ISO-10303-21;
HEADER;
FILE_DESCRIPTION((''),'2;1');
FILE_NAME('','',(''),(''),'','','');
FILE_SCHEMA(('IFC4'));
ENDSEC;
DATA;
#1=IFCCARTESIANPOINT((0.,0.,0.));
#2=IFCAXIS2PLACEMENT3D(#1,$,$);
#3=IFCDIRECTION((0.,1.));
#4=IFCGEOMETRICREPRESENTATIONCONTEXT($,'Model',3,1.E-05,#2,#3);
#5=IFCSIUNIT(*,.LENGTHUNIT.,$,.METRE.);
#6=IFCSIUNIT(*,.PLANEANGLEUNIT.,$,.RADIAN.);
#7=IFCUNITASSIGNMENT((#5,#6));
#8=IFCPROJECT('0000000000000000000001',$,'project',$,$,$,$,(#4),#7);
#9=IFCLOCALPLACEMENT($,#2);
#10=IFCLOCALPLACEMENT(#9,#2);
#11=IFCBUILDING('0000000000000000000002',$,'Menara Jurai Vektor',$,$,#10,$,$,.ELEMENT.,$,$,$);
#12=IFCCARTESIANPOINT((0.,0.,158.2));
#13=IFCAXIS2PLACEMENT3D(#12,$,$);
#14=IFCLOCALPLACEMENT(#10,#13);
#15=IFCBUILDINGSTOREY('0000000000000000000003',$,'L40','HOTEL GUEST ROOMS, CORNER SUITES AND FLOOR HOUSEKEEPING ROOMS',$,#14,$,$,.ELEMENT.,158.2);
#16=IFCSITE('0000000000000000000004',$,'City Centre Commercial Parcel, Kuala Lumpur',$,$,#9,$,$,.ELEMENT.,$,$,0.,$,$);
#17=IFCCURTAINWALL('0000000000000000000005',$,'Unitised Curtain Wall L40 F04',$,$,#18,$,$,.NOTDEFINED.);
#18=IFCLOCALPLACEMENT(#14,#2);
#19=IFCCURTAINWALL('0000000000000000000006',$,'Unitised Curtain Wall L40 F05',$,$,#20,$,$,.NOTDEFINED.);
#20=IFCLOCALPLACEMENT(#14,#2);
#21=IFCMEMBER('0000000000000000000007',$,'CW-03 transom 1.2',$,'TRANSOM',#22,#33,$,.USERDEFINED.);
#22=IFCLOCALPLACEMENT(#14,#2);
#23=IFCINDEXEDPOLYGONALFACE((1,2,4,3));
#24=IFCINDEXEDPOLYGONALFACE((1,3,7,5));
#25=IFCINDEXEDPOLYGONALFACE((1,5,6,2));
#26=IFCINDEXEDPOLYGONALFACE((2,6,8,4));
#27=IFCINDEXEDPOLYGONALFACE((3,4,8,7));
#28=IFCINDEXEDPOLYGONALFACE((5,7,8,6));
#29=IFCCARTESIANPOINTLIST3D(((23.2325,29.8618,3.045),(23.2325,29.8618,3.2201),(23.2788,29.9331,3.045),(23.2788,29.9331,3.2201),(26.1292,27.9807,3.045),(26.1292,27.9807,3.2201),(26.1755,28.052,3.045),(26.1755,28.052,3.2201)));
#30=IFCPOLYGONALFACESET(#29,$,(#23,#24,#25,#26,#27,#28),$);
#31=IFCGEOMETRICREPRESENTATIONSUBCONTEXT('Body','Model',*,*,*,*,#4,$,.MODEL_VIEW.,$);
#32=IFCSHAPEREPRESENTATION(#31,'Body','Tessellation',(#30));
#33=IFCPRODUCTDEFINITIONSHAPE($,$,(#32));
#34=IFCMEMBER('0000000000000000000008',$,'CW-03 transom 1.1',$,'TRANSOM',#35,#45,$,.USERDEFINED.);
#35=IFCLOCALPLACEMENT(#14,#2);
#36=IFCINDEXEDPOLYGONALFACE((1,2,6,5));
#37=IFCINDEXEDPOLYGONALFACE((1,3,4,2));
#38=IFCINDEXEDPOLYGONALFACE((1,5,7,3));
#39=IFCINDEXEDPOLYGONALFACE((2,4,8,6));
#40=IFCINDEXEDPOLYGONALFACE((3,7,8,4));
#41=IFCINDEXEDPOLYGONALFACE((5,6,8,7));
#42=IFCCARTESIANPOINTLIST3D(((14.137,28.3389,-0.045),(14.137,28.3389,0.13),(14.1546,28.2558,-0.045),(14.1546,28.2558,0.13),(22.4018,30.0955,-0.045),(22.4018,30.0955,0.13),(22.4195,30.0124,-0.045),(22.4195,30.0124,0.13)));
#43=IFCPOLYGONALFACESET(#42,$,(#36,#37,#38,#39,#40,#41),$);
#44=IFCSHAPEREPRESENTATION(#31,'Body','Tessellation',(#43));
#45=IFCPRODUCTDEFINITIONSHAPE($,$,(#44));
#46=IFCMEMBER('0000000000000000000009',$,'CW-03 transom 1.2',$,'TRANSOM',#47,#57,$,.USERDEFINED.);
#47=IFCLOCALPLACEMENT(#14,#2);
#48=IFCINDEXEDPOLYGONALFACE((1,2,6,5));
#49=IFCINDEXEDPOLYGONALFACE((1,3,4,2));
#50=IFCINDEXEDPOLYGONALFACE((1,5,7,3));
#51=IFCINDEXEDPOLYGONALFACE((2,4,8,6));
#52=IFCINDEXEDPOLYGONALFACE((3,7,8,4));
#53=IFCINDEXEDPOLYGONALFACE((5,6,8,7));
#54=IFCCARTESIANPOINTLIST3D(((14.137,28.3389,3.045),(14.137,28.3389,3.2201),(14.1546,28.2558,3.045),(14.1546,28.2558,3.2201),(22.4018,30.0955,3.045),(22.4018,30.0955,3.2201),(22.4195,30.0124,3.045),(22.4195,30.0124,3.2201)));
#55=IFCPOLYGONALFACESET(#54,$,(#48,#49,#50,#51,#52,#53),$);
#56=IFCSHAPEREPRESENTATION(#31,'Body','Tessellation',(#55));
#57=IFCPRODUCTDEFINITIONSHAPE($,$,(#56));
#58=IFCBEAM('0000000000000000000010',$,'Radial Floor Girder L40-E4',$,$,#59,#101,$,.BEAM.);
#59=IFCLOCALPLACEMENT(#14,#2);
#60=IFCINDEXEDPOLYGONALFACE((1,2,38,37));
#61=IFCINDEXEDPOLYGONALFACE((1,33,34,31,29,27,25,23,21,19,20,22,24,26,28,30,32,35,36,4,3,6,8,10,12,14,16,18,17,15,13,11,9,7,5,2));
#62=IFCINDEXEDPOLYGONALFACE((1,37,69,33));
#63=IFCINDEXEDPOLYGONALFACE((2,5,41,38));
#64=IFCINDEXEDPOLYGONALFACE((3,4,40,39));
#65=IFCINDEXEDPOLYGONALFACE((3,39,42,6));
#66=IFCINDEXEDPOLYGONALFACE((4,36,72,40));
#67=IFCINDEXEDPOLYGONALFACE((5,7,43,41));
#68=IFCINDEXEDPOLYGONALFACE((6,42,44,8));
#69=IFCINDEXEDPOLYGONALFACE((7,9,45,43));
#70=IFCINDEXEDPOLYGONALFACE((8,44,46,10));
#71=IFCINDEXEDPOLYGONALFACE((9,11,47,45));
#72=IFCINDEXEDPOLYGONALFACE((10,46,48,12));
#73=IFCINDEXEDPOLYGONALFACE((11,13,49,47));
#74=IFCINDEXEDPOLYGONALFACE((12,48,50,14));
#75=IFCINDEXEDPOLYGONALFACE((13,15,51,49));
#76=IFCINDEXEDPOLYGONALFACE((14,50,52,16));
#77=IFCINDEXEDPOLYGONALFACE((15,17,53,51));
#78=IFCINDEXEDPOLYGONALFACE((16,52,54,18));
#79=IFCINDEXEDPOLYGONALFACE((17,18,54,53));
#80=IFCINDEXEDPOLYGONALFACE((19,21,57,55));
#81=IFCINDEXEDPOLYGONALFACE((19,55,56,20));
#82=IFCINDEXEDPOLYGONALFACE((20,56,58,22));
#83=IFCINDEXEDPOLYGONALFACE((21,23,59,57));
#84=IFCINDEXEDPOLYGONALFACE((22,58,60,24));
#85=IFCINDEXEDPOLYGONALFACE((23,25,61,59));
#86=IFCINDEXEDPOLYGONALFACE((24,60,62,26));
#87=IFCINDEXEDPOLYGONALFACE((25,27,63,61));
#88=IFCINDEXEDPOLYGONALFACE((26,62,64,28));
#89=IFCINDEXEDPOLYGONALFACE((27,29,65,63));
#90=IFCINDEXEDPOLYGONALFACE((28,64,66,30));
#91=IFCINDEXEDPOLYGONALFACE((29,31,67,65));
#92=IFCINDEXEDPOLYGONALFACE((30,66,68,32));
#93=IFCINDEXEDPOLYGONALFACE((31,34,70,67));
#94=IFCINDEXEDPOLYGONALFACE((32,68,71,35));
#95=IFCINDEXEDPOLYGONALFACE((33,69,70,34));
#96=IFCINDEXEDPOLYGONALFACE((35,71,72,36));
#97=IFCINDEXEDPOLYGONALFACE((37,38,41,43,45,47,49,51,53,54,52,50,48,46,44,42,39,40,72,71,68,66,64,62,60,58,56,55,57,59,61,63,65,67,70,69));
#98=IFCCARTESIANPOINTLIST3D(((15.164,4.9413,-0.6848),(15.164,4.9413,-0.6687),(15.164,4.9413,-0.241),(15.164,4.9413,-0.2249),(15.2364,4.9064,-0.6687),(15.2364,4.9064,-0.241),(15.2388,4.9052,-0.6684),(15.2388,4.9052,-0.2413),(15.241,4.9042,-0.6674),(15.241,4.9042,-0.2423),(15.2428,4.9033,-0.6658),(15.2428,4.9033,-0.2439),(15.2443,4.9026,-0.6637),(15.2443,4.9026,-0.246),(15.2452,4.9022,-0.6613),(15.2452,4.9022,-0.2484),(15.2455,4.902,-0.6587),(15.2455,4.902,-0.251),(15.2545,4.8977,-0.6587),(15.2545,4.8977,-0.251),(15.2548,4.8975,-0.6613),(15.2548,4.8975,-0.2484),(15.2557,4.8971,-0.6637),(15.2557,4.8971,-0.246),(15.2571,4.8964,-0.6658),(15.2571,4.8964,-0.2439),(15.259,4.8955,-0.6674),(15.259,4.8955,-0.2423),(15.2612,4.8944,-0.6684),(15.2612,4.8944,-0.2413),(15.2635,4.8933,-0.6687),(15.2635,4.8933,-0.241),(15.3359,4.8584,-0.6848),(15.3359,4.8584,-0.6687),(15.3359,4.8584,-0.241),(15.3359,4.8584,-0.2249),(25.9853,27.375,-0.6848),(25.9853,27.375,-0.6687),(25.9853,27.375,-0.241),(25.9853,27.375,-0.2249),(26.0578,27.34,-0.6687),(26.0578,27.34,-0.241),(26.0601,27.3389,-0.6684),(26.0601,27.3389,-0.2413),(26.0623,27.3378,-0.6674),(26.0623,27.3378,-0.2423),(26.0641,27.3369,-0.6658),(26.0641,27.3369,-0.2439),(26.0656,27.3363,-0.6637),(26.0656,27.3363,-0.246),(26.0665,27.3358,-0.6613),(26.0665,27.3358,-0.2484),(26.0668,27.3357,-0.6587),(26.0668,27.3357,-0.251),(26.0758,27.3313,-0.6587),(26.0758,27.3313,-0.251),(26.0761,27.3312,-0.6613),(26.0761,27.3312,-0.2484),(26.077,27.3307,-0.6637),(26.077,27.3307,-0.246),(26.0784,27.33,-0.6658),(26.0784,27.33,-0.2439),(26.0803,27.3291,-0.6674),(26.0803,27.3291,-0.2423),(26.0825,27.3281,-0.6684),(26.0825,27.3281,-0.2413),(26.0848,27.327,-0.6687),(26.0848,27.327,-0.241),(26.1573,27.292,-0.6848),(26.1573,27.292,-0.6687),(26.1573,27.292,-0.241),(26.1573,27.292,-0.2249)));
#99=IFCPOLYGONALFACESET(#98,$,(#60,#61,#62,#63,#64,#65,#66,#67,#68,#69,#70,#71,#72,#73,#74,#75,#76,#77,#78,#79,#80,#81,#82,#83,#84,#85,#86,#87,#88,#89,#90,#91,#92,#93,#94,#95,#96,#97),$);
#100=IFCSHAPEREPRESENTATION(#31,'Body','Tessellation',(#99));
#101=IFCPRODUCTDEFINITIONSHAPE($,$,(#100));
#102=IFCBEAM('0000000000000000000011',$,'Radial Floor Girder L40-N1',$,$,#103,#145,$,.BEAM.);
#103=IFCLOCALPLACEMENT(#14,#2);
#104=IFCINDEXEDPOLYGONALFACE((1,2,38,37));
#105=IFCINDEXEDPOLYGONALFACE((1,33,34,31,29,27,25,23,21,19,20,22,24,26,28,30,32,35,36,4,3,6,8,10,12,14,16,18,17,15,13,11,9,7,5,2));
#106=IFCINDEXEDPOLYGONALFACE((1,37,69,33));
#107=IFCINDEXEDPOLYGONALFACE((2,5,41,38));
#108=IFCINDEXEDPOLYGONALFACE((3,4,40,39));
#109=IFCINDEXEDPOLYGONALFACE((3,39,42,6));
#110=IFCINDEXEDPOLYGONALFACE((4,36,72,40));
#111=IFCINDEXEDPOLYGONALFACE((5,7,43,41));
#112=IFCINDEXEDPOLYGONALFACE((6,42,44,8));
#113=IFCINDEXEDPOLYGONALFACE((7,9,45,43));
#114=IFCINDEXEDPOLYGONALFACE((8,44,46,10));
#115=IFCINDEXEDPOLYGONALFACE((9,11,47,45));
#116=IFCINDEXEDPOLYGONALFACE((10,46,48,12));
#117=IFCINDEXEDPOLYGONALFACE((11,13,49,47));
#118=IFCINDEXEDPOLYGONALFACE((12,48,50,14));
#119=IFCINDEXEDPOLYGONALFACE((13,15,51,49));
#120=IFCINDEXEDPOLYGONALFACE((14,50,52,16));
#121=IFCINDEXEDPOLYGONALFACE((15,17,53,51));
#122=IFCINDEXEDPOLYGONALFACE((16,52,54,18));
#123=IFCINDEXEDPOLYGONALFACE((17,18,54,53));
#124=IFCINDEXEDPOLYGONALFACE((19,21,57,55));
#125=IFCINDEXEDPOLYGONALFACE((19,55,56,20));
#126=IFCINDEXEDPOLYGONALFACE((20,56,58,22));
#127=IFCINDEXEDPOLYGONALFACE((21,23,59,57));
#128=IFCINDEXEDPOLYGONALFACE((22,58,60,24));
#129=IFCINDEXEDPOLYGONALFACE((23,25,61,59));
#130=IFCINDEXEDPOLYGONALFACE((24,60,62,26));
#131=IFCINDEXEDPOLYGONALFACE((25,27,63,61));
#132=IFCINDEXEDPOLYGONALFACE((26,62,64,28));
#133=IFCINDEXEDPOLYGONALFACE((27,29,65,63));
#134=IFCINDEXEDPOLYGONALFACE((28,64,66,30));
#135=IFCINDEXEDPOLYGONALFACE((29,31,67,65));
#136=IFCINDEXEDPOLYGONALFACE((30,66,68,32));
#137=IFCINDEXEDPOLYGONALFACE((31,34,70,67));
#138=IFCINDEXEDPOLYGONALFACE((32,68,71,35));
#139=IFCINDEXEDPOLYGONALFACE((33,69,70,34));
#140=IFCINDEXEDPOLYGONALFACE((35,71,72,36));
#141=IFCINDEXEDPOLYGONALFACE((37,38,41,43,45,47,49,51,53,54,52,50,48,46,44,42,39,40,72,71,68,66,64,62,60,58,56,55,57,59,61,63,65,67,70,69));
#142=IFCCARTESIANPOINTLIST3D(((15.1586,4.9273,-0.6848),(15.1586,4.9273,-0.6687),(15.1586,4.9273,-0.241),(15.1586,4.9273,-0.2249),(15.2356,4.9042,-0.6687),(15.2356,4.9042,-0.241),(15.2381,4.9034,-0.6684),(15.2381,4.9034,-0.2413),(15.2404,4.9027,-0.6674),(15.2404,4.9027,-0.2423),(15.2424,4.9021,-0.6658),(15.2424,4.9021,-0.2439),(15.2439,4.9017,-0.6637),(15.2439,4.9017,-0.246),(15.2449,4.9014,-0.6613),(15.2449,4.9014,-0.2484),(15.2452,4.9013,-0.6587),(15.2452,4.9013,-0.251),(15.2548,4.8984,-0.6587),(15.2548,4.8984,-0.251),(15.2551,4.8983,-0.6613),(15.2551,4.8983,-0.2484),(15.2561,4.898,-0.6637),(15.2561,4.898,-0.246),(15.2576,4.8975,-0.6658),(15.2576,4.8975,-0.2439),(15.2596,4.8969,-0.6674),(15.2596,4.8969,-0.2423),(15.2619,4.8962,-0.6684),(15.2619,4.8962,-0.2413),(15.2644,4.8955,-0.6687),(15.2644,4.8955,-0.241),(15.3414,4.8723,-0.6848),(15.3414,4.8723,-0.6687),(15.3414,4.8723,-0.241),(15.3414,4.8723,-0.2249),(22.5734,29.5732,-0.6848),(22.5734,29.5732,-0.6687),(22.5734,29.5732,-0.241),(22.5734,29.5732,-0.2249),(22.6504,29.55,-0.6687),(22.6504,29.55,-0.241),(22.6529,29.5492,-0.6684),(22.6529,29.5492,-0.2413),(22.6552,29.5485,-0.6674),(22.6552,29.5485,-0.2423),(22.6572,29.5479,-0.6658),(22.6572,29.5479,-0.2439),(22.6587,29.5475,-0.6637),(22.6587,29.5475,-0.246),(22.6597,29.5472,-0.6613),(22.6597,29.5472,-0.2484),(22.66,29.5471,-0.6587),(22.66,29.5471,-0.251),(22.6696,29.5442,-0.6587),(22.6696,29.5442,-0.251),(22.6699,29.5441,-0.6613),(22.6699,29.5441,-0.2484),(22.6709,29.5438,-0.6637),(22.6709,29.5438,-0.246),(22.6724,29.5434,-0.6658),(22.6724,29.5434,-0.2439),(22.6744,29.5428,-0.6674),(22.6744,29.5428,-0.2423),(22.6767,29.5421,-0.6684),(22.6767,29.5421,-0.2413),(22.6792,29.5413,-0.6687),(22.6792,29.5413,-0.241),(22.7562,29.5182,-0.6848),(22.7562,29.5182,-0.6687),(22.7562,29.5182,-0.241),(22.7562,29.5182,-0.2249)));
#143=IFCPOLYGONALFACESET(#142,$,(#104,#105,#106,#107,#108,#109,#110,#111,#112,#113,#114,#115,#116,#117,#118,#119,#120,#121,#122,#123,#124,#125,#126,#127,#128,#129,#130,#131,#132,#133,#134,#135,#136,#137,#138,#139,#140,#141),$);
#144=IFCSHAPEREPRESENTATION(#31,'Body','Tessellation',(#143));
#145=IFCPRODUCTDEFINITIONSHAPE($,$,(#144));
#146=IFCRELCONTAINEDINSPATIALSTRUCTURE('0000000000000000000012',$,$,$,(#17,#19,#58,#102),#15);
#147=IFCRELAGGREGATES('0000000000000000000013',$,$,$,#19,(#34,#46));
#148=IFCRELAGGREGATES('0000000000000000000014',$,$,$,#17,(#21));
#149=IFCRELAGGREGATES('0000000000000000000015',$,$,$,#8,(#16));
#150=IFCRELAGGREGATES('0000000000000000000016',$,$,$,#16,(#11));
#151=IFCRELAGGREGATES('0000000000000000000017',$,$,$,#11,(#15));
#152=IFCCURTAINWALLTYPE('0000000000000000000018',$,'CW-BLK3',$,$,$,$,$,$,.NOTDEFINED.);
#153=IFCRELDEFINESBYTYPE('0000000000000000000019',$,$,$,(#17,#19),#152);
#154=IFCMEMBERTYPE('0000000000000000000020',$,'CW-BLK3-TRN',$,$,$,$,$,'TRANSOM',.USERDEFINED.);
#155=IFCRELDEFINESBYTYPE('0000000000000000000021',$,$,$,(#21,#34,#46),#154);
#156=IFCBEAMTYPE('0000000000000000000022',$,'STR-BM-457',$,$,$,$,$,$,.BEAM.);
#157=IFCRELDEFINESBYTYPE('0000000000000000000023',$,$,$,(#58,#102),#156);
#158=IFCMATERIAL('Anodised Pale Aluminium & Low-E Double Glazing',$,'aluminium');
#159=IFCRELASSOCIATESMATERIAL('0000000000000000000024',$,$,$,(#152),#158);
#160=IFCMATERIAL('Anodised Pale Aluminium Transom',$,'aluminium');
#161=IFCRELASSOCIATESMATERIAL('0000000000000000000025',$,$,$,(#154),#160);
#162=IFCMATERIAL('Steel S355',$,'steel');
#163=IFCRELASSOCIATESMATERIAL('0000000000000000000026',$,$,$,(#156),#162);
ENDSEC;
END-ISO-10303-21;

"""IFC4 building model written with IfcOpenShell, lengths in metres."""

from ifc_helpers import new_model, si_unit, direction, frame, origin, origin_2d, place, context, subcontext, project, spatial, rectangle, i_section, extrude, material, material_profile, profile_set, type_object, element, aggregate, save


model = new_model("IFC4")

# Units and contexts
model_context = context("Model", 3, precision=1e-05, world=origin(), true_north=direction((0.0, 1.0)))
body_context = subcontext(model_context, "Body", "Model", "MODEL_VIEW")
ifc_project = project(units=[si_unit("LENGTHUNIT", "METRE"), si_unit("PLANEANGLEUNIT", "RADIAN")], contexts=[model_context])

# Site, building, storey
site_placement = place(None, origin())
site = spatial("IfcSite", under=ifc_project, at=site_placement, Name="City Centre Commercial Parcel, Kuala Lumpur", CompositionType="ELEMENT", RefElevation=0.0)
building_placement = place(site_placement, origin())
building = spatial("IfcBuilding", under=site, at=building_placement, Name="Menara Jurai Vektor", CompositionType="ELEMENT")
storey_placement = place(building_placement, frame((0.0, 0.0, 158.2)))
storey = spatial("IfcBuildingStorey", under=building, at=storey_placement, Name="L40", Description="HOTEL GUEST ROOMS, CORNER SUITES AND FLOOR HOUSEKEEPING ROOMS", CompositionType="ELEMENT", Elevation=158.2)

# Shared definitions
ifc_material_1 = material(Name="Anodised Pale Aluminium & Low-E Double Glazing", Category="aluminium")
curtain_wall_type = type_object("IfcCurtainWallType", Name="CW-BLK3", PredefinedType="NOTDEFINED", material=ifc_material_1)

# Curtain wall
curtain_wall_1_placement = place(storey_placement, origin())
curtain_wall_1 = element("IfcCurtainWall", 1, at=curtain_wall_1_placement, inside=storey, type_object=curtain_wall_type, Name="Unitised Curtain Wall L40 F04", PredefinedType="NOTDEFINED")

# Curtain wall
curtain_wall_2_placement = place(storey_placement, origin())
curtain_wall_2 = element("IfcCurtainWall", 2, at=curtain_wall_2_placement, inside=storey, type_object=curtain_wall_type, Name="Unitised Curtain Wall L40 F05", PredefinedType="NOTDEFINED")

# Members
ifc_material_2 = material(Name="Anodised Pale Aluminium Transom", Category="aluminium")
ifc_material_profile_1 = material_profile(ifc_material_2, rectangle(XDim=0.085, YDim=0.175, at=origin_2d()), Name="ALU TRN 85x175")
ifc_profile_set_1 = profile_set([ifc_material_profile_1], Name="Anodised Pale Aluminium Transom")
member_type_1 = type_object("IfcMemberType", Name="CW-BLK3-TRN", ElementType="TRANSOM", PredefinedType="USERDEFINED", material=ifc_profile_set_1)
member_1_placement = place(storey_placement, frame((26.1523, 28.0164, 3.1326), z_axis=(-0.838678, 0.544628, 0.0), x_axis=(-0.544628, -0.838678, 0.0)))
member_1 = element("IfcMember", 3, at=member_1_placement, type_object=member_type_1, Name="CW-03 transom 1.2", ObjectType="TRANSOM", PredefinedType="USERDEFINED", context=body_context, shape_type="SweptSolid", body=[
    extrude(rectangle(XDim=0.085, YDim=0.175, at=origin_2d()), origin(), (0.0, 0.0, 1.0), 3.4539),
])
member_2_placement = place(storey_placement, frame((22.4106, 30.054, 0.0425), z_axis=(-0.978152, -0.207893, 0.0), x_axis=(0.207893, -0.978152, 0.0)))
member_2 = element("IfcMember", 4, at=member_2_placement, type_object=member_type_1, Name="CW-03 transom 1.1", ObjectType="TRANSOM", PredefinedType="USERDEFINED", context=body_context, shape_type="SweptSolid", body=[
    extrude(rectangle(XDim=0.085, YDim=0.175, at=origin_2d()), origin(), (0.0, 0.0, 1.0), 8.4495),
])
member_3_placement = place(storey_placement, frame((22.4106, 30.054, 3.1326), z_axis=(-0.978152, -0.207893, 0.0), x_axis=(0.207893, -0.978152, 0.0)))
member_3 = element("IfcMember", 5, at=member_3_placement, type_object=member_type_1, Name="CW-03 transom 1.2", ObjectType="TRANSOM", PredefinedType="USERDEFINED", context=body_context, shape_type="SweptSolid", body=[
    extrude(rectangle(XDim=0.085, YDim=0.175, at=origin_2d()), origin(), (0.0, 0.0, 1.0), 8.4495),
])

# Beams
ifc_material_3 = material(Name="Steel S355", Category="steel")
ifc_material_profile_2 = material_profile(ifc_material_3, i_section(OverallWidth=0.1909, OverallDepth=0.46, WebThickness=0.01, FlangeThickness=0.0161, FilletRadius=0.01, at=origin_2d()), Name="UKB 457x191x82")
ifc_profile_set_2 = profile_set([ifc_material_profile_2], Name="Steel S355")
beam_type_1 = type_object("IfcBeamType", Name="STR-BM-457", PredefinedType="BEAM", material=ifc_profile_set_2)
beam_1_placement = place(storey_placement, frame((26.0713, 27.3335, -0.4548), z_axis=(-0.434465, -0.900689, 0.0), x_axis=(0.900689, -0.434465, 0.0)))
element("IfcBeam", 6, at=beam_1_placement, inside=storey, type_object=beam_type_1, Name="Radial Floor Girder L40-E4", PredefinedType="BEAM", context=body_context, shape_type="SweptSolid", body=[
    extrude(i_section(OverallWidth=0.1909, OverallDepth=0.46, WebThickness=0.01, FlangeThickness=0.0161, FilletRadius=0.01, at=origin_2d()), origin(), (0.0, 0.0, 1.0), 24.9072),
])
beam_2_placement = place(storey_placement, frame((22.6648, 29.5457, -0.4548), z_axis=(-0.288099, -0.957601, 0.0), x_axis=(0.957601, -0.288099, 0.0)))
element("IfcBeam", 7, at=beam_2_placement, inside=storey, type_object=beam_type_1, Name="Radial Floor Girder L40-N1", PredefinedType="BEAM", context=body_context, shape_type="SweptSolid", body=[
    extrude(i_section(OverallWidth=0.1909, OverallDepth=0.46, WebThickness=0.01, FlangeThickness=0.0161, FilletRadius=0.01, at=origin_2d()), origin(), (0.0, 0.0, 1.0), 25.7371),
])

aggregate(curtain_wall_2, [member_2, member_3])
aggregate(curtain_wall_1, [member_1])

save(model, "model.ifc")
